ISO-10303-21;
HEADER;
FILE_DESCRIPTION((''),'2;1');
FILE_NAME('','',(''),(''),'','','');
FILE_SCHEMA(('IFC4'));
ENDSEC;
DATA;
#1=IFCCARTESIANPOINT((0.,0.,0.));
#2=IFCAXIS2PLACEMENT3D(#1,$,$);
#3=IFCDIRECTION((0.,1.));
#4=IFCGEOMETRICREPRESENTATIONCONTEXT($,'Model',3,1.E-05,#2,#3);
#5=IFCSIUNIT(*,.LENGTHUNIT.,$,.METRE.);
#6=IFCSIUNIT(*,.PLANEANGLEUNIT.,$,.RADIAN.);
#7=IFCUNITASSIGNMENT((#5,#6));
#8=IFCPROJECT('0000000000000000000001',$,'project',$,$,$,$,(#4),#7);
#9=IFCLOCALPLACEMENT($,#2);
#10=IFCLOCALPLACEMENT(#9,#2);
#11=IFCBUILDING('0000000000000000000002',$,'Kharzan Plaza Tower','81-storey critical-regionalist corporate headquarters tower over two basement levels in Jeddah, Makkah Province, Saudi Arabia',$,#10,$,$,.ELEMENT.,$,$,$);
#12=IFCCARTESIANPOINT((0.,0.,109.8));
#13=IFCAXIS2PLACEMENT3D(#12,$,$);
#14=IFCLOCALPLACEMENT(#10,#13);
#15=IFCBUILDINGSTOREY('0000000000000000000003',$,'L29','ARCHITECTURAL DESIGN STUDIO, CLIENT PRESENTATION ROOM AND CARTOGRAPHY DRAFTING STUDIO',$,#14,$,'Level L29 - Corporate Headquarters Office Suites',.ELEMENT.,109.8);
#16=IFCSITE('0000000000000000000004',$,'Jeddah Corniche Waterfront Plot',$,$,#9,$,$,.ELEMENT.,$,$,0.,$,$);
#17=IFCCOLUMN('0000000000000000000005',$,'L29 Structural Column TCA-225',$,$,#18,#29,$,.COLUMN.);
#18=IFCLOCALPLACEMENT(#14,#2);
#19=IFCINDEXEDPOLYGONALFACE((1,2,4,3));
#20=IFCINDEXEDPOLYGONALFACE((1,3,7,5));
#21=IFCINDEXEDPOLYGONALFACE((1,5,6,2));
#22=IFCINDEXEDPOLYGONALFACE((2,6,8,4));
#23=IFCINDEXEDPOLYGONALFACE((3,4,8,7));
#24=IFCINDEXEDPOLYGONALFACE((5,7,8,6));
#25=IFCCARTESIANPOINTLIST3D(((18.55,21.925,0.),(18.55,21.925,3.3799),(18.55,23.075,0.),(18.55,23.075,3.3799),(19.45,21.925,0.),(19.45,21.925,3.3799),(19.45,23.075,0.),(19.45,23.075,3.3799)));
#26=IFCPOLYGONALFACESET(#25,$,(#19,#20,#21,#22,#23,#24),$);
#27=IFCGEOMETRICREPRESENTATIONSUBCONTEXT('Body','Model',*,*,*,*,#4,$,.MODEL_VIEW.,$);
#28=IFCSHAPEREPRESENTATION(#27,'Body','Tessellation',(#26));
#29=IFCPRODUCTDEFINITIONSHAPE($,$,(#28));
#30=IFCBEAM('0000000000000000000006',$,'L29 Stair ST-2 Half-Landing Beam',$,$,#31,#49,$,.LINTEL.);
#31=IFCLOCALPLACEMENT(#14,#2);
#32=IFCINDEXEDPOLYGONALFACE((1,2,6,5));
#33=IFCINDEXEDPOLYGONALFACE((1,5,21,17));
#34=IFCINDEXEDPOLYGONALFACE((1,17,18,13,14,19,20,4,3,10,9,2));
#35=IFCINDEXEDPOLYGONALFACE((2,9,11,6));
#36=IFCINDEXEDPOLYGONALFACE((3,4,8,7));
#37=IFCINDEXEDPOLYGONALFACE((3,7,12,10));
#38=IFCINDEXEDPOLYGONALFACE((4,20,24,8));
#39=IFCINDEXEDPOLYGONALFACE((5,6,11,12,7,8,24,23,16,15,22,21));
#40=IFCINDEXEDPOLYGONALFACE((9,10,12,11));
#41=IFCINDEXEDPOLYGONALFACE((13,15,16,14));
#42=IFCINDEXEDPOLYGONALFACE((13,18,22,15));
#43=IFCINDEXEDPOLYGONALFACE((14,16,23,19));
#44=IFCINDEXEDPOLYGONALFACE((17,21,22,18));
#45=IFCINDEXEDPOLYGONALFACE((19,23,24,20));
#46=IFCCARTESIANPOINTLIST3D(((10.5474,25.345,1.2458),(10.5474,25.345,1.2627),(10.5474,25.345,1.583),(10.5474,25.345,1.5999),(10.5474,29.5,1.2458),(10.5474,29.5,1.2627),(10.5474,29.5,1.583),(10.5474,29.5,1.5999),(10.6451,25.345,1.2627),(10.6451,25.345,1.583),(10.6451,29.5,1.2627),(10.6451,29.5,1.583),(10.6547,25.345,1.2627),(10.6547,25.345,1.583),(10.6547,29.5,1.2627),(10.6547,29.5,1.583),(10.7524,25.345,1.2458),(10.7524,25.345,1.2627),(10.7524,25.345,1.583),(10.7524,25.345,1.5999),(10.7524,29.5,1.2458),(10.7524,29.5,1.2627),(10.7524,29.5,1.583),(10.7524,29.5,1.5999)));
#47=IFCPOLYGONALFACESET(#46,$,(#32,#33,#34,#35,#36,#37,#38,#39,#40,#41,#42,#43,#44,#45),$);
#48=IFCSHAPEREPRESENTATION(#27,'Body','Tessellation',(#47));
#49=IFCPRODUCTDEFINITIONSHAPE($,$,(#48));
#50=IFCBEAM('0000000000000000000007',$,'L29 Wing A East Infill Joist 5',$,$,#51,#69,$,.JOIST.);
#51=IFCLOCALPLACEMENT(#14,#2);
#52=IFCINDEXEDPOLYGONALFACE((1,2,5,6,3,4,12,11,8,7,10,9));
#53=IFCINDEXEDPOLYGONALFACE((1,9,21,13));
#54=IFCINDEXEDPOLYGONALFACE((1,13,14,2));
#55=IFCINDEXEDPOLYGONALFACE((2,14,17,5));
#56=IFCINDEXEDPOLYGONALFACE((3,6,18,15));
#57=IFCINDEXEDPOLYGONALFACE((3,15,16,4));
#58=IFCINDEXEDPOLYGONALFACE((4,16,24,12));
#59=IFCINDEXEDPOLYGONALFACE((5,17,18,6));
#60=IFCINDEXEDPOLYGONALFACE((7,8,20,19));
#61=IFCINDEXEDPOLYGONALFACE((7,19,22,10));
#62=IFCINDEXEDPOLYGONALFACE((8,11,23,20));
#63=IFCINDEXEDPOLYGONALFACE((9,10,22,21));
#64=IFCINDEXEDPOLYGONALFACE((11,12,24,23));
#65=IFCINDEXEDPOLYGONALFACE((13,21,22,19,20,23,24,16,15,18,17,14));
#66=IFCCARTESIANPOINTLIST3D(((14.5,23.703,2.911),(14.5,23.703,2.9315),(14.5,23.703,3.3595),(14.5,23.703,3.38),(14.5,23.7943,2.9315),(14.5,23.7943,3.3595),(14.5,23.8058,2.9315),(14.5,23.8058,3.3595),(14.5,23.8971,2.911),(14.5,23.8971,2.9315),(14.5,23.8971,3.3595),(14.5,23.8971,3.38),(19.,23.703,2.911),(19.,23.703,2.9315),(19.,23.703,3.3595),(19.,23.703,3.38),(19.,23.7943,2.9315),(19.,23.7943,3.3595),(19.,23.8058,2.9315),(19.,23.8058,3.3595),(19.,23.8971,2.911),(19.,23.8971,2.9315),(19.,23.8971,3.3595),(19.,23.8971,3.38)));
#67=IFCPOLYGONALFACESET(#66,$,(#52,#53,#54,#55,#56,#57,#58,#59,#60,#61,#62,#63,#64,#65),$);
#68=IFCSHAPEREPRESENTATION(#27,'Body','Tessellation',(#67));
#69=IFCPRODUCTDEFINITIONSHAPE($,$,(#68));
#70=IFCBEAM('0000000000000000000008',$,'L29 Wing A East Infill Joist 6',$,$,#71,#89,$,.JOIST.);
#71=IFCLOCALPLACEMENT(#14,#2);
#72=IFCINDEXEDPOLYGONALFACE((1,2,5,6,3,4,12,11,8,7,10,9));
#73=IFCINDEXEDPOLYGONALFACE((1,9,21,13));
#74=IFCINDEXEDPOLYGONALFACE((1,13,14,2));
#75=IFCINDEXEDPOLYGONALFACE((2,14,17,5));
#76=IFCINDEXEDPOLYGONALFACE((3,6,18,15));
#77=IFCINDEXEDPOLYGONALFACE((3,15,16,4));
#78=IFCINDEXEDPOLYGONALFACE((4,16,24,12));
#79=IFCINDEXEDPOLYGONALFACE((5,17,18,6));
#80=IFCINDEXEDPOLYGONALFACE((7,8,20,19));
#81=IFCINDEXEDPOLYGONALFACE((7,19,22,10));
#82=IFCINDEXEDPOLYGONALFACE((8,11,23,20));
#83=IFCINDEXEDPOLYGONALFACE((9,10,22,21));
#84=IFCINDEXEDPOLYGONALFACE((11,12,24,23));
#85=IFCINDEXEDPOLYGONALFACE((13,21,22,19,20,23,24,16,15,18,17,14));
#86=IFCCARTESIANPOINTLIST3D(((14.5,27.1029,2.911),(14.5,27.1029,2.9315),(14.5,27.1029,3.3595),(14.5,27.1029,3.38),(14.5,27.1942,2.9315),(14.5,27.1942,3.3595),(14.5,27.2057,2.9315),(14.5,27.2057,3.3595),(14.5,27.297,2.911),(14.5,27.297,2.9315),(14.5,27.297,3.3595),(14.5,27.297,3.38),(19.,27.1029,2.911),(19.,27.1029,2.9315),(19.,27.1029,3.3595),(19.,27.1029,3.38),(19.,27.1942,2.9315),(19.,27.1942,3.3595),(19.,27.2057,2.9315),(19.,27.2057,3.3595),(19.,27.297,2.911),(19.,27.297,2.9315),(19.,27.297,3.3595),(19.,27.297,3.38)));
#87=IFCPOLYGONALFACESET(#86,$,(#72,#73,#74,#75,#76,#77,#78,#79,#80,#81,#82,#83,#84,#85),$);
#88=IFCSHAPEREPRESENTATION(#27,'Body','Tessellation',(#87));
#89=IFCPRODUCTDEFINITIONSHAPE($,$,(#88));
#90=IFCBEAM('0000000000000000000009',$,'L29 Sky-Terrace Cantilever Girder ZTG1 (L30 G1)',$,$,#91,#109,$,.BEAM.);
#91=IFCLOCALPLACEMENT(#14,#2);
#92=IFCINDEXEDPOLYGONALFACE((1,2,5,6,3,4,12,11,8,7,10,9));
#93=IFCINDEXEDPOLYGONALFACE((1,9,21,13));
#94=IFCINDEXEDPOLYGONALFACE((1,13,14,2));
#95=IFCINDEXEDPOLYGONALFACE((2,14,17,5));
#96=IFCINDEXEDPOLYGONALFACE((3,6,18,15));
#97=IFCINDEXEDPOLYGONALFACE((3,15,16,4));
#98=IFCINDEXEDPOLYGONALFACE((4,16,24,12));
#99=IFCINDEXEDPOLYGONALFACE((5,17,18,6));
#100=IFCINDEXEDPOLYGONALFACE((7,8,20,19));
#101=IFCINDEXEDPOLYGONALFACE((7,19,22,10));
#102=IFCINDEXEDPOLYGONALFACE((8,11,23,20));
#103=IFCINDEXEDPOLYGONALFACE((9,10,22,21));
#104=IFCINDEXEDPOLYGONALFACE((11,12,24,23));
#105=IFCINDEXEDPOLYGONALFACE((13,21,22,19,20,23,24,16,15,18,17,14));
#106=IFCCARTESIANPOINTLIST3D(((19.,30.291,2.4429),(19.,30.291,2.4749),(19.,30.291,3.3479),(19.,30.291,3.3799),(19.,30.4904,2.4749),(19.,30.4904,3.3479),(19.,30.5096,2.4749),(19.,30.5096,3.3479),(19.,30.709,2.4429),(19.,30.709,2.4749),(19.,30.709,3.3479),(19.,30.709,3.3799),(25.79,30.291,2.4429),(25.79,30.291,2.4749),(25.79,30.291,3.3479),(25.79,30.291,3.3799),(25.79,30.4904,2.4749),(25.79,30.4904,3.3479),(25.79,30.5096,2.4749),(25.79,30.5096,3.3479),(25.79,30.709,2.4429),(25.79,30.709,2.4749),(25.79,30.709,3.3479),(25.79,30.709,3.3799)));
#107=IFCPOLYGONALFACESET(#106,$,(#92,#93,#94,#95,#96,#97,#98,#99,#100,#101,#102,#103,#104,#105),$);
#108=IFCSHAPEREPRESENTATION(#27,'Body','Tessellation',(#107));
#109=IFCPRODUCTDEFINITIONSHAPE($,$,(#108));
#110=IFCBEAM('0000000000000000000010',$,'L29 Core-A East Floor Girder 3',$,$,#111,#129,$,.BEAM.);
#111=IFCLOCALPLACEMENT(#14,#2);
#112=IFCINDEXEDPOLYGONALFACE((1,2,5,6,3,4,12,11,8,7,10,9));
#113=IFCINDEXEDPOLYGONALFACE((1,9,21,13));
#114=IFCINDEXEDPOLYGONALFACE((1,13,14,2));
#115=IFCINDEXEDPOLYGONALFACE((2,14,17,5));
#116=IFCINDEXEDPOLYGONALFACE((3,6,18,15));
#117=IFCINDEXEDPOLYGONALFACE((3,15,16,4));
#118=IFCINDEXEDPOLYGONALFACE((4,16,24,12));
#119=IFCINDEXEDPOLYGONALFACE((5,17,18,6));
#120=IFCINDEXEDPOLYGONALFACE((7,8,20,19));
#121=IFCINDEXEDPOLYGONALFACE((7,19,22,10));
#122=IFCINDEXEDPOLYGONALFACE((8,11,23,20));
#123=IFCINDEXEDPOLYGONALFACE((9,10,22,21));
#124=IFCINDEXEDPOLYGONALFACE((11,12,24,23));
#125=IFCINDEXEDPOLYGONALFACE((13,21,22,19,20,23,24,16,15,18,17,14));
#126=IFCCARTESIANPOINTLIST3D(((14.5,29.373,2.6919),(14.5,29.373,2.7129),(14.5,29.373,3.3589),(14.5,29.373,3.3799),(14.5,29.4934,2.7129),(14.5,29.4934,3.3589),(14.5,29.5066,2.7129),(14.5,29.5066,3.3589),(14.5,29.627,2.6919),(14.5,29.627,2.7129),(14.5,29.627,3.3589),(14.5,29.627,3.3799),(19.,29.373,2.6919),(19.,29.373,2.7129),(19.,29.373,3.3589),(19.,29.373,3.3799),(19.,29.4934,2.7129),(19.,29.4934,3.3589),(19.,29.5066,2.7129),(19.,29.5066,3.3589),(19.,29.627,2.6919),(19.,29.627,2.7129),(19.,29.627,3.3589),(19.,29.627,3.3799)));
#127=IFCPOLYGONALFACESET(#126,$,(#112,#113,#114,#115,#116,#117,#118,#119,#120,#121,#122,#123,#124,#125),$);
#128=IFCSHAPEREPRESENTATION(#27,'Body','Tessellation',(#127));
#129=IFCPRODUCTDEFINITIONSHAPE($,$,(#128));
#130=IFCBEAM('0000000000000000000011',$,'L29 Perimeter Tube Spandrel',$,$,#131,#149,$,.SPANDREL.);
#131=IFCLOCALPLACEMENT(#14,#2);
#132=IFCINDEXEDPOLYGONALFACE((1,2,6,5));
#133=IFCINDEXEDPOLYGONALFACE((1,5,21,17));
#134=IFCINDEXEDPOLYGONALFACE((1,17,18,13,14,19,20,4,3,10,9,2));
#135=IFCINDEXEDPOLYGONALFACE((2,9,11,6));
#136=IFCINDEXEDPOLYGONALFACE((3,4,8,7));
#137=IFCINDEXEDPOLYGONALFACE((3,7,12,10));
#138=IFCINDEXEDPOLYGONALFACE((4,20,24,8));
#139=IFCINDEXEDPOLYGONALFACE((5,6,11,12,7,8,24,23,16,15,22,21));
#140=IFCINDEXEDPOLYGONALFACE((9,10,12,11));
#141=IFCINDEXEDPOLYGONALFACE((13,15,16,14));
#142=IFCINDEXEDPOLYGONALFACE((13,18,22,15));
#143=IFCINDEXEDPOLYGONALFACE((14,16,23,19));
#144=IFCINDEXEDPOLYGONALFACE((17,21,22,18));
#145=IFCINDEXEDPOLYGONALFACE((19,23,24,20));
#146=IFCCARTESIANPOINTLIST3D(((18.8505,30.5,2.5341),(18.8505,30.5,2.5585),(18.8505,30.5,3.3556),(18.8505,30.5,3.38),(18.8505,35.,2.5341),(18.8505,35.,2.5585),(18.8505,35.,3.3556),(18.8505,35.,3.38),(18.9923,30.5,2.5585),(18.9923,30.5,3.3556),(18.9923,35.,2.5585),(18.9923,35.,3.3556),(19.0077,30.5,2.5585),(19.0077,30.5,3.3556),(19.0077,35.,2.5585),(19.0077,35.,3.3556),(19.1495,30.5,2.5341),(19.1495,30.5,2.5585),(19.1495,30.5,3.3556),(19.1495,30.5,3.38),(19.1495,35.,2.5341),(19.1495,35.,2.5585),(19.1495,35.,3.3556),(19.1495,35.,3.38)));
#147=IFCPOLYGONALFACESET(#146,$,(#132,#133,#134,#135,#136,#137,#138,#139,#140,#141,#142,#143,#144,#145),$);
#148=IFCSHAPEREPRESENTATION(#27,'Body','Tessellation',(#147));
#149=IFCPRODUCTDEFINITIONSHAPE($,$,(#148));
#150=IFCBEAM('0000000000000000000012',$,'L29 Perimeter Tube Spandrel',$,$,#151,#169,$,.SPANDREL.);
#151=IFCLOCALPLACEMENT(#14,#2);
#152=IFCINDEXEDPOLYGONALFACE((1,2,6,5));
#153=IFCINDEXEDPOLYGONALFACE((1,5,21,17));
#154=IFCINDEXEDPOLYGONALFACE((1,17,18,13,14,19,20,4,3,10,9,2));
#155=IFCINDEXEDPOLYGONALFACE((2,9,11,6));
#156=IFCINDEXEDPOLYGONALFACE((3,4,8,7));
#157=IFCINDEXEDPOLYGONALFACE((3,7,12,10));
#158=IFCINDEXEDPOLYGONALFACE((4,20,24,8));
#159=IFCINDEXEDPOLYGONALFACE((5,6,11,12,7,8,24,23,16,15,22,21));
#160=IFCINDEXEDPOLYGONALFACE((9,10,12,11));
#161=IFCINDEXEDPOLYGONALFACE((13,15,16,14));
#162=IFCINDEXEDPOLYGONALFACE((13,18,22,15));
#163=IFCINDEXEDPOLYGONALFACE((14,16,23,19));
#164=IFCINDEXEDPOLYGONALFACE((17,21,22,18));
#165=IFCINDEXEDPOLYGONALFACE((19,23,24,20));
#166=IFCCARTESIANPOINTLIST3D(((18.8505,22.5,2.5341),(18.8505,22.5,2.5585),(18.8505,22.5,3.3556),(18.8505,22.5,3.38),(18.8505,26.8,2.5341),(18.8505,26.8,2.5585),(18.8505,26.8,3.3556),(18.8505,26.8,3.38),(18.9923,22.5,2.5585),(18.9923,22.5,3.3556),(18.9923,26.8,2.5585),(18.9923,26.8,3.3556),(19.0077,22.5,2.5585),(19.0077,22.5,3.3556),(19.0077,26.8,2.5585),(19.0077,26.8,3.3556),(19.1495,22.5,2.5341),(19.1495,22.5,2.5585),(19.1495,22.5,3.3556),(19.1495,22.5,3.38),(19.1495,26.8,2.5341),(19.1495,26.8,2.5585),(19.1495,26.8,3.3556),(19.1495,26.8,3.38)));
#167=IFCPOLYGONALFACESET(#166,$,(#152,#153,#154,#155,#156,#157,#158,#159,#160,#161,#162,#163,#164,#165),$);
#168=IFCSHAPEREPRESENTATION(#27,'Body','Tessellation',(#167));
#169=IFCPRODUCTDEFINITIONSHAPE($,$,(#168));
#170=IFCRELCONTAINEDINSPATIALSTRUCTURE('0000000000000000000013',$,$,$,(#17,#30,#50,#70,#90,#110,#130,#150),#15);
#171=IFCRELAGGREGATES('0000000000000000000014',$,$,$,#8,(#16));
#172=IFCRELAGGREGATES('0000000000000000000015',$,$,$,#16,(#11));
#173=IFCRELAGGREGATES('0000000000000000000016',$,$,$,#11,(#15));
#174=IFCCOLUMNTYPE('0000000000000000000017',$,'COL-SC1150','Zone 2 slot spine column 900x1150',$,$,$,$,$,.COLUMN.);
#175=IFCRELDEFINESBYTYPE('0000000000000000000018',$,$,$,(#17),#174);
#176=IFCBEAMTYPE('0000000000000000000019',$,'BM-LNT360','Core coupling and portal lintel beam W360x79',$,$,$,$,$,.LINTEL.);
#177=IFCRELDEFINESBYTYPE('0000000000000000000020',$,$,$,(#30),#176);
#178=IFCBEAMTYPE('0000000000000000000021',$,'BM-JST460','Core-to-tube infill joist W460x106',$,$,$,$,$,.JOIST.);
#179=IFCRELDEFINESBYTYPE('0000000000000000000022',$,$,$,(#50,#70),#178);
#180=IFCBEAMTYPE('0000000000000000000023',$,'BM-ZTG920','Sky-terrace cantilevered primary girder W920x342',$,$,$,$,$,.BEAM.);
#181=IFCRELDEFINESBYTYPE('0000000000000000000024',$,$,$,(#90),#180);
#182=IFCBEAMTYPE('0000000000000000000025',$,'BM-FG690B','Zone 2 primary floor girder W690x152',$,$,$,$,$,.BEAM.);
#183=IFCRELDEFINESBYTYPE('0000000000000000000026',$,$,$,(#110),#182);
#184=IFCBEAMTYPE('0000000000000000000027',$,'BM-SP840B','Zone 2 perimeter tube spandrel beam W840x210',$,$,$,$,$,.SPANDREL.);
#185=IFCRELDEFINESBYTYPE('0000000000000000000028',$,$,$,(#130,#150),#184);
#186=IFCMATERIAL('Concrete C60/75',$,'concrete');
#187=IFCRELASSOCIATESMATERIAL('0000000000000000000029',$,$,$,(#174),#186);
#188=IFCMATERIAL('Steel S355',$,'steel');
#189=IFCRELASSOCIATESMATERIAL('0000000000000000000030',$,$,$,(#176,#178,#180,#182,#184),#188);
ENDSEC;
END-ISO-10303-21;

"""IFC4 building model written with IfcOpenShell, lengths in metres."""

from ifc_helpers import new_model, si_unit, direction, frame, origin, origin_2d, place, context, subcontext, project, spatial, rectangle, i_section, extrude, source, transform, mapped, material, material_profile, profile_set, type_object, element, save


model = new_model("IFC4")

# Units and contexts
model_context = context("Model", 3, precision=1e-05, world=origin(), true_north=direction((0.0, 1.0)))
body_context = subcontext(model_context, "Body", "Model", "MODEL_VIEW")
ifc_project = project(units=[si_unit("LENGTHUNIT", "METRE"), si_unit("PLANEANGLEUNIT", "RADIAN")], contexts=[model_context])

# Site, building, storey
site_placement = place(None, origin())
site = spatial("IfcSite", under=ifc_project, at=site_placement, Name="Jeddah Corniche Waterfront Plot", CompositionType="ELEMENT", RefElevation=0.0)
building_placement = place(site_placement, origin())
building = spatial("IfcBuilding", under=site, at=building_placement, Name="Kharzan Plaza Tower", Description="81-storey critical-regionalist corporate headquarters tower over two basement levels in Jeddah, Makkah Province, Saudi Arabia", CompositionType="ELEMENT")
storey_placement = place(building_placement, frame((0.0, 0.0, 109.8)))
storey = spatial("IfcBuildingStorey", under=building, at=storey_placement, Name="L29", Description="ARCHITECTURAL DESIGN STUDIO, CLIENT PRESENTATION ROOM AND CARTOGRAPHY DRAFTING STUDIO", LongName="Level L29 - Corporate Headquarters Office Suites", CompositionType="ELEMENT", Elevation=109.8)

# Column
ifc_material_1 = material(Name="Concrete C60/75", Category="concrete")
ifc_material_profile_1 = material_profile(ifc_material_1, rectangle(XDim=0.8999, YDim=1.1499, at=origin_2d()), Name="RC-SC1150x900")
ifc_profile_set_1 = profile_set([ifc_material_profile_1], Name="Concrete C60/75")
column_type = type_object("IfcColumnType", Name="COL-SC1150", Description="Zone 2 slot spine column 900x1150", PredefinedType="COLUMN", material=ifc_profile_set_1)
shared_shape_1 = source(origin(), body_context, "Body", "SweptSolid", [
    extrude(rectangle(XDim=0.8999, YDim=1.1499, at=origin_2d()), origin(), (0.0, 0.0, 1.0), 3.3799),
])
column_placement = place(storey_placement, frame((19.0, 22.5, 0.0), z_axis=(0.0, 0.0, 1.0), x_axis=(1.0, 0.0, 0.0)))
element("IfcColumn", 1, at=column_placement, inside=storey, type_object=column_type, Name="L29 Structural Column TCA-225", PredefinedType="COLUMN", context=body_context, shape_type="MappedRepresentation", body=[
    mapped(shared_shape_1, transform((0.0, 0.0, 0.0), x_axis=(1.0, 0.0, 0.0), y_axis=(0.0, 1.0, 0.0), z_axis=(0.0, 0.0, 1.0))),
])

# Beams
ifc_material_2 = material(Name="Steel S355", Category="steel")
ifc_material_profile_2 = material_profile(ifc_material_2, i_section(OverallWidth=0.2051, OverallDepth=0.354, WebThickness=0.0095, FlangeThickness=0.0168, at=origin_2d()), Name="W360x79")
ifc_profile_set_2 = profile_set([ifc_material_profile_2], Name="Steel S355")
beam_type_1 = type_object("IfcBeamType", Name="BM-LNT360", Description="Core coupling and portal lintel beam W360x79", PredefinedType="LINTEL", material=ifc_profile_set_2)
shared_shape_2 = source(origin(), body_context, "Body", "SweptSolid", [
    extrude(i_section(OverallWidth=0.2051, OverallDepth=0.354, WebThickness=0.0095, FlangeThickness=0.0168, at=origin_2d()), origin(), (0.0, 0.0, 1.0), 4.155),
])
beam_1_placement = place(storey_placement, frame((10.6499, 25.345, 1.4229), z_axis=(0.0, 1.0, 0.0), x_axis=(-1.0, 0.0, 0.0)))
element("IfcBeam", 2, at=beam_1_placement, inside=storey, type_object=beam_type_1, Name="L29 Stair ST-2 Half-Landing Beam", PredefinedType="LINTEL", context=body_context, shape_type="MappedRepresentation", body=[
    mapped(shared_shape_2, transform((0.0, 0.0, 0.0), x_axis=(1.0, 0.0, 0.0), y_axis=(0.0, 1.0, 0.0), z_axis=(0.0, 0.0, 1.0))),
])
ifc_material_profile_3 = material_profile(ifc_material_2, i_section(OverallWidth=0.1941, OverallDepth=0.469, WebThickness=0.0115, FlangeThickness=0.0205, at=origin_2d()), Name="W460x106")
ifc_profile_set_3 = profile_set([ifc_material_profile_3], Name="Steel S355")
beam_type_2 = type_object("IfcBeamType", Name="BM-JST460", Description="Core-to-tube infill joist W460x106", PredefinedType="JOIST", material=ifc_profile_set_3)
shared_shape_3 = source(origin(), body_context, "Body", "SweptSolid", [
    extrude(i_section(OverallWidth=0.1941, OverallDepth=0.469, WebThickness=0.0115, FlangeThickness=0.0205, at=origin_2d()), origin(), (0.0, 0.0, 1.0), 4.5),
])
for number, where, z_axis, x_axis, name in (
    (3, (14.5, 23.8, 3.1455), (1.0, 0.0, 0.0), (0.0, 1.0, 0.0), "L29 Wing A East Infill Joist 5"),
    (4, (14.5, 27.2, 3.1455), (1.0, 0.0, 0.0), (0.0, 1.0, 0.0), "L29 Wing A East Infill Joist 6"),
):
    element("IfcBeam", number, at=place(storey_placement, frame(where, z_axis=z_axis, x_axis=x_axis)), inside=storey, type_object=beam_type_2, Name=name, PredefinedType="JOIST", context=body_context, shape_type="MappedRepresentation", body=[
        mapped(shared_shape_3, transform((0.0, 0.0, 0.0), x_axis=(1.0, 0.0, 0.0), y_axis=(0.0, 1.0, 0.0), z_axis=(0.0, 0.0, 1.0))),
    ])
ifc_material_profile_4 = material_profile(ifc_material_2, i_section(OverallWidth=0.418, OverallDepth=0.937, WebThickness=0.0193, FlangeThickness=0.032, at=origin_2d()), Name="W920x342")
ifc_profile_set_4 = profile_set([ifc_material_profile_4], Name="Steel S355")
beam_type_3 = type_object("IfcBeamType", Name="BM-ZTG920", Description="Sky-terrace cantilevered primary girder W920x342", PredefinedType="BEAM", material=ifc_profile_set_4)
shared_shape_4 = source(origin(), body_context, "Body", "SweptSolid", [
    extrude(i_section(OverallWidth=0.418, OverallDepth=0.937, WebThickness=0.0193, FlangeThickness=0.032, at=origin_2d()), origin(), (0.0, 0.0, 1.0), 6.79),
])
beam_2_placement = place(storey_placement, frame((19.0, 30.5, 2.9114), z_axis=(1.0, 0.0, 0.0), x_axis=(0.0, 1.0, 0.0)))
element("IfcBeam", 5, at=beam_2_placement, inside=storey, type_object=beam_type_3, Name="L29 Sky-Terrace Cantilever Girder ZTG1 (L30 G1)", PredefinedType="BEAM", context=body_context, shape_type="MappedRepresentation", body=[
    mapped(shared_shape_4, transform((0.0, 0.0, 0.0), x_axis=(1.0, 0.0, 0.0), y_axis=(0.0, 1.0, 0.0), z_axis=(0.0, 0.0, 1.0))),
])
ifc_material_profile_5 = material_profile(ifc_material_2, i_section(OverallWidth=0.2539, OverallDepth=0.688, WebThickness=0.0132, FlangeThickness=0.021, at=origin_2d()), Name="W690x152")
ifc_profile_set_5 = profile_set([ifc_material_profile_5], Name="Steel S355")
beam_type_4 = type_object("IfcBeamType", Name="BM-FG690B", Description="Zone 2 primary floor girder W690x152", PredefinedType="BEAM", material=ifc_profile_set_5)
shared_shape_5 = source(origin(), body_context, "Body", "SweptSolid", [
    extrude(i_section(OverallWidth=0.2539, OverallDepth=0.688, WebThickness=0.0132, FlangeThickness=0.021, at=origin_2d()), origin(), (0.0, 0.0, 1.0), 4.5),
])
beam_3_placement = place(storey_placement, frame((14.5, 29.5, 3.0359), z_axis=(1.0, 0.0, 0.0), x_axis=(0.0, 1.0, 0.0)))
element("IfcBeam", 6, at=beam_3_placement, inside=storey, type_object=beam_type_4, Name="L29 Core-A East Floor Girder 3", PredefinedType="BEAM", context=body_context, shape_type="MappedRepresentation", body=[
    mapped(shared_shape_5, transform((0.0, 0.0, 0.0), x_axis=(1.0, 0.0, 0.0), y_axis=(0.0, 1.0, 0.0), z_axis=(0.0, 0.0, 1.0))),
])
ifc_material_profile_6 = material_profile(ifc_material_2, i_section(OverallWidth=0.2991, OverallDepth=0.8459, WebThickness=0.0154, FlangeThickness=0.0244, at=origin_2d()), Name="W840x210")
ifc_profile_set_6 = profile_set([ifc_material_profile_6], Name="Steel S355")
beam_type_5 = type_object("IfcBeamType", Name="BM-SP840B", Description="Zone 2 perimeter tube spandrel beam W840x210", PredefinedType="SPANDREL", material=ifc_profile_set_6)
shared_shape_6 = source(origin(), body_context, "Body", "SweptSolid", [
    extrude(i_section(OverallWidth=0.2991, OverallDepth=0.8459, WebThickness=0.0154, FlangeThickness=0.0244, at=origin_2d()), origin(), (0.0, 0.0, 1.0), 4.5),
])
beam_4_placement = place(storey_placement, frame((19.0, 30.5, 2.957), z_axis=(0.0, 1.0, 0.0), x_axis=(-1.0, 0.0, 0.0)))
element("IfcBeam", 7, at=beam_4_placement, inside=storey, type_object=beam_type_5, Name="L29 Perimeter Tube Spandrel", PredefinedType="SPANDREL", context=body_context, shape_type="MappedRepresentation", body=[
    mapped(shared_shape_6, transform((0.0, 0.0, 0.0), x_axis=(1.0, 0.0, 0.0), y_axis=(0.0, 1.0, 0.0), z_axis=(0.0, 0.0, 1.0))),
])
shared_shape_7 = source(origin(), body_context, "Body", "SweptSolid", [
    extrude(i_section(OverallWidth=0.2991, OverallDepth=0.8459, WebThickness=0.0154, FlangeThickness=0.0244, at=origin_2d()), origin(), (0.0, 0.0, 1.0), 4.3),
])
beam_5_placement = place(storey_placement, frame((19.0, 22.5, 2.957), z_axis=(0.0, 1.0, 0.0), x_axis=(-1.0, 0.0, 0.0)))
element("IfcBeam", 8, at=beam_5_placement, inside=storey, type_object=beam_type_5, Name="L29 Perimeter Tube Spandrel", PredefinedType="SPANDREL", context=body_context, shape_type="MappedRepresentation", body=[
    mapped(shared_shape_7, transform((0.0, 0.0, 0.0), x_axis=(1.0, 0.0, 0.0), y_axis=(0.0, 1.0, 0.0), z_axis=(0.0, 0.0, 1.0))),
])

save(model, "model.ifc")
